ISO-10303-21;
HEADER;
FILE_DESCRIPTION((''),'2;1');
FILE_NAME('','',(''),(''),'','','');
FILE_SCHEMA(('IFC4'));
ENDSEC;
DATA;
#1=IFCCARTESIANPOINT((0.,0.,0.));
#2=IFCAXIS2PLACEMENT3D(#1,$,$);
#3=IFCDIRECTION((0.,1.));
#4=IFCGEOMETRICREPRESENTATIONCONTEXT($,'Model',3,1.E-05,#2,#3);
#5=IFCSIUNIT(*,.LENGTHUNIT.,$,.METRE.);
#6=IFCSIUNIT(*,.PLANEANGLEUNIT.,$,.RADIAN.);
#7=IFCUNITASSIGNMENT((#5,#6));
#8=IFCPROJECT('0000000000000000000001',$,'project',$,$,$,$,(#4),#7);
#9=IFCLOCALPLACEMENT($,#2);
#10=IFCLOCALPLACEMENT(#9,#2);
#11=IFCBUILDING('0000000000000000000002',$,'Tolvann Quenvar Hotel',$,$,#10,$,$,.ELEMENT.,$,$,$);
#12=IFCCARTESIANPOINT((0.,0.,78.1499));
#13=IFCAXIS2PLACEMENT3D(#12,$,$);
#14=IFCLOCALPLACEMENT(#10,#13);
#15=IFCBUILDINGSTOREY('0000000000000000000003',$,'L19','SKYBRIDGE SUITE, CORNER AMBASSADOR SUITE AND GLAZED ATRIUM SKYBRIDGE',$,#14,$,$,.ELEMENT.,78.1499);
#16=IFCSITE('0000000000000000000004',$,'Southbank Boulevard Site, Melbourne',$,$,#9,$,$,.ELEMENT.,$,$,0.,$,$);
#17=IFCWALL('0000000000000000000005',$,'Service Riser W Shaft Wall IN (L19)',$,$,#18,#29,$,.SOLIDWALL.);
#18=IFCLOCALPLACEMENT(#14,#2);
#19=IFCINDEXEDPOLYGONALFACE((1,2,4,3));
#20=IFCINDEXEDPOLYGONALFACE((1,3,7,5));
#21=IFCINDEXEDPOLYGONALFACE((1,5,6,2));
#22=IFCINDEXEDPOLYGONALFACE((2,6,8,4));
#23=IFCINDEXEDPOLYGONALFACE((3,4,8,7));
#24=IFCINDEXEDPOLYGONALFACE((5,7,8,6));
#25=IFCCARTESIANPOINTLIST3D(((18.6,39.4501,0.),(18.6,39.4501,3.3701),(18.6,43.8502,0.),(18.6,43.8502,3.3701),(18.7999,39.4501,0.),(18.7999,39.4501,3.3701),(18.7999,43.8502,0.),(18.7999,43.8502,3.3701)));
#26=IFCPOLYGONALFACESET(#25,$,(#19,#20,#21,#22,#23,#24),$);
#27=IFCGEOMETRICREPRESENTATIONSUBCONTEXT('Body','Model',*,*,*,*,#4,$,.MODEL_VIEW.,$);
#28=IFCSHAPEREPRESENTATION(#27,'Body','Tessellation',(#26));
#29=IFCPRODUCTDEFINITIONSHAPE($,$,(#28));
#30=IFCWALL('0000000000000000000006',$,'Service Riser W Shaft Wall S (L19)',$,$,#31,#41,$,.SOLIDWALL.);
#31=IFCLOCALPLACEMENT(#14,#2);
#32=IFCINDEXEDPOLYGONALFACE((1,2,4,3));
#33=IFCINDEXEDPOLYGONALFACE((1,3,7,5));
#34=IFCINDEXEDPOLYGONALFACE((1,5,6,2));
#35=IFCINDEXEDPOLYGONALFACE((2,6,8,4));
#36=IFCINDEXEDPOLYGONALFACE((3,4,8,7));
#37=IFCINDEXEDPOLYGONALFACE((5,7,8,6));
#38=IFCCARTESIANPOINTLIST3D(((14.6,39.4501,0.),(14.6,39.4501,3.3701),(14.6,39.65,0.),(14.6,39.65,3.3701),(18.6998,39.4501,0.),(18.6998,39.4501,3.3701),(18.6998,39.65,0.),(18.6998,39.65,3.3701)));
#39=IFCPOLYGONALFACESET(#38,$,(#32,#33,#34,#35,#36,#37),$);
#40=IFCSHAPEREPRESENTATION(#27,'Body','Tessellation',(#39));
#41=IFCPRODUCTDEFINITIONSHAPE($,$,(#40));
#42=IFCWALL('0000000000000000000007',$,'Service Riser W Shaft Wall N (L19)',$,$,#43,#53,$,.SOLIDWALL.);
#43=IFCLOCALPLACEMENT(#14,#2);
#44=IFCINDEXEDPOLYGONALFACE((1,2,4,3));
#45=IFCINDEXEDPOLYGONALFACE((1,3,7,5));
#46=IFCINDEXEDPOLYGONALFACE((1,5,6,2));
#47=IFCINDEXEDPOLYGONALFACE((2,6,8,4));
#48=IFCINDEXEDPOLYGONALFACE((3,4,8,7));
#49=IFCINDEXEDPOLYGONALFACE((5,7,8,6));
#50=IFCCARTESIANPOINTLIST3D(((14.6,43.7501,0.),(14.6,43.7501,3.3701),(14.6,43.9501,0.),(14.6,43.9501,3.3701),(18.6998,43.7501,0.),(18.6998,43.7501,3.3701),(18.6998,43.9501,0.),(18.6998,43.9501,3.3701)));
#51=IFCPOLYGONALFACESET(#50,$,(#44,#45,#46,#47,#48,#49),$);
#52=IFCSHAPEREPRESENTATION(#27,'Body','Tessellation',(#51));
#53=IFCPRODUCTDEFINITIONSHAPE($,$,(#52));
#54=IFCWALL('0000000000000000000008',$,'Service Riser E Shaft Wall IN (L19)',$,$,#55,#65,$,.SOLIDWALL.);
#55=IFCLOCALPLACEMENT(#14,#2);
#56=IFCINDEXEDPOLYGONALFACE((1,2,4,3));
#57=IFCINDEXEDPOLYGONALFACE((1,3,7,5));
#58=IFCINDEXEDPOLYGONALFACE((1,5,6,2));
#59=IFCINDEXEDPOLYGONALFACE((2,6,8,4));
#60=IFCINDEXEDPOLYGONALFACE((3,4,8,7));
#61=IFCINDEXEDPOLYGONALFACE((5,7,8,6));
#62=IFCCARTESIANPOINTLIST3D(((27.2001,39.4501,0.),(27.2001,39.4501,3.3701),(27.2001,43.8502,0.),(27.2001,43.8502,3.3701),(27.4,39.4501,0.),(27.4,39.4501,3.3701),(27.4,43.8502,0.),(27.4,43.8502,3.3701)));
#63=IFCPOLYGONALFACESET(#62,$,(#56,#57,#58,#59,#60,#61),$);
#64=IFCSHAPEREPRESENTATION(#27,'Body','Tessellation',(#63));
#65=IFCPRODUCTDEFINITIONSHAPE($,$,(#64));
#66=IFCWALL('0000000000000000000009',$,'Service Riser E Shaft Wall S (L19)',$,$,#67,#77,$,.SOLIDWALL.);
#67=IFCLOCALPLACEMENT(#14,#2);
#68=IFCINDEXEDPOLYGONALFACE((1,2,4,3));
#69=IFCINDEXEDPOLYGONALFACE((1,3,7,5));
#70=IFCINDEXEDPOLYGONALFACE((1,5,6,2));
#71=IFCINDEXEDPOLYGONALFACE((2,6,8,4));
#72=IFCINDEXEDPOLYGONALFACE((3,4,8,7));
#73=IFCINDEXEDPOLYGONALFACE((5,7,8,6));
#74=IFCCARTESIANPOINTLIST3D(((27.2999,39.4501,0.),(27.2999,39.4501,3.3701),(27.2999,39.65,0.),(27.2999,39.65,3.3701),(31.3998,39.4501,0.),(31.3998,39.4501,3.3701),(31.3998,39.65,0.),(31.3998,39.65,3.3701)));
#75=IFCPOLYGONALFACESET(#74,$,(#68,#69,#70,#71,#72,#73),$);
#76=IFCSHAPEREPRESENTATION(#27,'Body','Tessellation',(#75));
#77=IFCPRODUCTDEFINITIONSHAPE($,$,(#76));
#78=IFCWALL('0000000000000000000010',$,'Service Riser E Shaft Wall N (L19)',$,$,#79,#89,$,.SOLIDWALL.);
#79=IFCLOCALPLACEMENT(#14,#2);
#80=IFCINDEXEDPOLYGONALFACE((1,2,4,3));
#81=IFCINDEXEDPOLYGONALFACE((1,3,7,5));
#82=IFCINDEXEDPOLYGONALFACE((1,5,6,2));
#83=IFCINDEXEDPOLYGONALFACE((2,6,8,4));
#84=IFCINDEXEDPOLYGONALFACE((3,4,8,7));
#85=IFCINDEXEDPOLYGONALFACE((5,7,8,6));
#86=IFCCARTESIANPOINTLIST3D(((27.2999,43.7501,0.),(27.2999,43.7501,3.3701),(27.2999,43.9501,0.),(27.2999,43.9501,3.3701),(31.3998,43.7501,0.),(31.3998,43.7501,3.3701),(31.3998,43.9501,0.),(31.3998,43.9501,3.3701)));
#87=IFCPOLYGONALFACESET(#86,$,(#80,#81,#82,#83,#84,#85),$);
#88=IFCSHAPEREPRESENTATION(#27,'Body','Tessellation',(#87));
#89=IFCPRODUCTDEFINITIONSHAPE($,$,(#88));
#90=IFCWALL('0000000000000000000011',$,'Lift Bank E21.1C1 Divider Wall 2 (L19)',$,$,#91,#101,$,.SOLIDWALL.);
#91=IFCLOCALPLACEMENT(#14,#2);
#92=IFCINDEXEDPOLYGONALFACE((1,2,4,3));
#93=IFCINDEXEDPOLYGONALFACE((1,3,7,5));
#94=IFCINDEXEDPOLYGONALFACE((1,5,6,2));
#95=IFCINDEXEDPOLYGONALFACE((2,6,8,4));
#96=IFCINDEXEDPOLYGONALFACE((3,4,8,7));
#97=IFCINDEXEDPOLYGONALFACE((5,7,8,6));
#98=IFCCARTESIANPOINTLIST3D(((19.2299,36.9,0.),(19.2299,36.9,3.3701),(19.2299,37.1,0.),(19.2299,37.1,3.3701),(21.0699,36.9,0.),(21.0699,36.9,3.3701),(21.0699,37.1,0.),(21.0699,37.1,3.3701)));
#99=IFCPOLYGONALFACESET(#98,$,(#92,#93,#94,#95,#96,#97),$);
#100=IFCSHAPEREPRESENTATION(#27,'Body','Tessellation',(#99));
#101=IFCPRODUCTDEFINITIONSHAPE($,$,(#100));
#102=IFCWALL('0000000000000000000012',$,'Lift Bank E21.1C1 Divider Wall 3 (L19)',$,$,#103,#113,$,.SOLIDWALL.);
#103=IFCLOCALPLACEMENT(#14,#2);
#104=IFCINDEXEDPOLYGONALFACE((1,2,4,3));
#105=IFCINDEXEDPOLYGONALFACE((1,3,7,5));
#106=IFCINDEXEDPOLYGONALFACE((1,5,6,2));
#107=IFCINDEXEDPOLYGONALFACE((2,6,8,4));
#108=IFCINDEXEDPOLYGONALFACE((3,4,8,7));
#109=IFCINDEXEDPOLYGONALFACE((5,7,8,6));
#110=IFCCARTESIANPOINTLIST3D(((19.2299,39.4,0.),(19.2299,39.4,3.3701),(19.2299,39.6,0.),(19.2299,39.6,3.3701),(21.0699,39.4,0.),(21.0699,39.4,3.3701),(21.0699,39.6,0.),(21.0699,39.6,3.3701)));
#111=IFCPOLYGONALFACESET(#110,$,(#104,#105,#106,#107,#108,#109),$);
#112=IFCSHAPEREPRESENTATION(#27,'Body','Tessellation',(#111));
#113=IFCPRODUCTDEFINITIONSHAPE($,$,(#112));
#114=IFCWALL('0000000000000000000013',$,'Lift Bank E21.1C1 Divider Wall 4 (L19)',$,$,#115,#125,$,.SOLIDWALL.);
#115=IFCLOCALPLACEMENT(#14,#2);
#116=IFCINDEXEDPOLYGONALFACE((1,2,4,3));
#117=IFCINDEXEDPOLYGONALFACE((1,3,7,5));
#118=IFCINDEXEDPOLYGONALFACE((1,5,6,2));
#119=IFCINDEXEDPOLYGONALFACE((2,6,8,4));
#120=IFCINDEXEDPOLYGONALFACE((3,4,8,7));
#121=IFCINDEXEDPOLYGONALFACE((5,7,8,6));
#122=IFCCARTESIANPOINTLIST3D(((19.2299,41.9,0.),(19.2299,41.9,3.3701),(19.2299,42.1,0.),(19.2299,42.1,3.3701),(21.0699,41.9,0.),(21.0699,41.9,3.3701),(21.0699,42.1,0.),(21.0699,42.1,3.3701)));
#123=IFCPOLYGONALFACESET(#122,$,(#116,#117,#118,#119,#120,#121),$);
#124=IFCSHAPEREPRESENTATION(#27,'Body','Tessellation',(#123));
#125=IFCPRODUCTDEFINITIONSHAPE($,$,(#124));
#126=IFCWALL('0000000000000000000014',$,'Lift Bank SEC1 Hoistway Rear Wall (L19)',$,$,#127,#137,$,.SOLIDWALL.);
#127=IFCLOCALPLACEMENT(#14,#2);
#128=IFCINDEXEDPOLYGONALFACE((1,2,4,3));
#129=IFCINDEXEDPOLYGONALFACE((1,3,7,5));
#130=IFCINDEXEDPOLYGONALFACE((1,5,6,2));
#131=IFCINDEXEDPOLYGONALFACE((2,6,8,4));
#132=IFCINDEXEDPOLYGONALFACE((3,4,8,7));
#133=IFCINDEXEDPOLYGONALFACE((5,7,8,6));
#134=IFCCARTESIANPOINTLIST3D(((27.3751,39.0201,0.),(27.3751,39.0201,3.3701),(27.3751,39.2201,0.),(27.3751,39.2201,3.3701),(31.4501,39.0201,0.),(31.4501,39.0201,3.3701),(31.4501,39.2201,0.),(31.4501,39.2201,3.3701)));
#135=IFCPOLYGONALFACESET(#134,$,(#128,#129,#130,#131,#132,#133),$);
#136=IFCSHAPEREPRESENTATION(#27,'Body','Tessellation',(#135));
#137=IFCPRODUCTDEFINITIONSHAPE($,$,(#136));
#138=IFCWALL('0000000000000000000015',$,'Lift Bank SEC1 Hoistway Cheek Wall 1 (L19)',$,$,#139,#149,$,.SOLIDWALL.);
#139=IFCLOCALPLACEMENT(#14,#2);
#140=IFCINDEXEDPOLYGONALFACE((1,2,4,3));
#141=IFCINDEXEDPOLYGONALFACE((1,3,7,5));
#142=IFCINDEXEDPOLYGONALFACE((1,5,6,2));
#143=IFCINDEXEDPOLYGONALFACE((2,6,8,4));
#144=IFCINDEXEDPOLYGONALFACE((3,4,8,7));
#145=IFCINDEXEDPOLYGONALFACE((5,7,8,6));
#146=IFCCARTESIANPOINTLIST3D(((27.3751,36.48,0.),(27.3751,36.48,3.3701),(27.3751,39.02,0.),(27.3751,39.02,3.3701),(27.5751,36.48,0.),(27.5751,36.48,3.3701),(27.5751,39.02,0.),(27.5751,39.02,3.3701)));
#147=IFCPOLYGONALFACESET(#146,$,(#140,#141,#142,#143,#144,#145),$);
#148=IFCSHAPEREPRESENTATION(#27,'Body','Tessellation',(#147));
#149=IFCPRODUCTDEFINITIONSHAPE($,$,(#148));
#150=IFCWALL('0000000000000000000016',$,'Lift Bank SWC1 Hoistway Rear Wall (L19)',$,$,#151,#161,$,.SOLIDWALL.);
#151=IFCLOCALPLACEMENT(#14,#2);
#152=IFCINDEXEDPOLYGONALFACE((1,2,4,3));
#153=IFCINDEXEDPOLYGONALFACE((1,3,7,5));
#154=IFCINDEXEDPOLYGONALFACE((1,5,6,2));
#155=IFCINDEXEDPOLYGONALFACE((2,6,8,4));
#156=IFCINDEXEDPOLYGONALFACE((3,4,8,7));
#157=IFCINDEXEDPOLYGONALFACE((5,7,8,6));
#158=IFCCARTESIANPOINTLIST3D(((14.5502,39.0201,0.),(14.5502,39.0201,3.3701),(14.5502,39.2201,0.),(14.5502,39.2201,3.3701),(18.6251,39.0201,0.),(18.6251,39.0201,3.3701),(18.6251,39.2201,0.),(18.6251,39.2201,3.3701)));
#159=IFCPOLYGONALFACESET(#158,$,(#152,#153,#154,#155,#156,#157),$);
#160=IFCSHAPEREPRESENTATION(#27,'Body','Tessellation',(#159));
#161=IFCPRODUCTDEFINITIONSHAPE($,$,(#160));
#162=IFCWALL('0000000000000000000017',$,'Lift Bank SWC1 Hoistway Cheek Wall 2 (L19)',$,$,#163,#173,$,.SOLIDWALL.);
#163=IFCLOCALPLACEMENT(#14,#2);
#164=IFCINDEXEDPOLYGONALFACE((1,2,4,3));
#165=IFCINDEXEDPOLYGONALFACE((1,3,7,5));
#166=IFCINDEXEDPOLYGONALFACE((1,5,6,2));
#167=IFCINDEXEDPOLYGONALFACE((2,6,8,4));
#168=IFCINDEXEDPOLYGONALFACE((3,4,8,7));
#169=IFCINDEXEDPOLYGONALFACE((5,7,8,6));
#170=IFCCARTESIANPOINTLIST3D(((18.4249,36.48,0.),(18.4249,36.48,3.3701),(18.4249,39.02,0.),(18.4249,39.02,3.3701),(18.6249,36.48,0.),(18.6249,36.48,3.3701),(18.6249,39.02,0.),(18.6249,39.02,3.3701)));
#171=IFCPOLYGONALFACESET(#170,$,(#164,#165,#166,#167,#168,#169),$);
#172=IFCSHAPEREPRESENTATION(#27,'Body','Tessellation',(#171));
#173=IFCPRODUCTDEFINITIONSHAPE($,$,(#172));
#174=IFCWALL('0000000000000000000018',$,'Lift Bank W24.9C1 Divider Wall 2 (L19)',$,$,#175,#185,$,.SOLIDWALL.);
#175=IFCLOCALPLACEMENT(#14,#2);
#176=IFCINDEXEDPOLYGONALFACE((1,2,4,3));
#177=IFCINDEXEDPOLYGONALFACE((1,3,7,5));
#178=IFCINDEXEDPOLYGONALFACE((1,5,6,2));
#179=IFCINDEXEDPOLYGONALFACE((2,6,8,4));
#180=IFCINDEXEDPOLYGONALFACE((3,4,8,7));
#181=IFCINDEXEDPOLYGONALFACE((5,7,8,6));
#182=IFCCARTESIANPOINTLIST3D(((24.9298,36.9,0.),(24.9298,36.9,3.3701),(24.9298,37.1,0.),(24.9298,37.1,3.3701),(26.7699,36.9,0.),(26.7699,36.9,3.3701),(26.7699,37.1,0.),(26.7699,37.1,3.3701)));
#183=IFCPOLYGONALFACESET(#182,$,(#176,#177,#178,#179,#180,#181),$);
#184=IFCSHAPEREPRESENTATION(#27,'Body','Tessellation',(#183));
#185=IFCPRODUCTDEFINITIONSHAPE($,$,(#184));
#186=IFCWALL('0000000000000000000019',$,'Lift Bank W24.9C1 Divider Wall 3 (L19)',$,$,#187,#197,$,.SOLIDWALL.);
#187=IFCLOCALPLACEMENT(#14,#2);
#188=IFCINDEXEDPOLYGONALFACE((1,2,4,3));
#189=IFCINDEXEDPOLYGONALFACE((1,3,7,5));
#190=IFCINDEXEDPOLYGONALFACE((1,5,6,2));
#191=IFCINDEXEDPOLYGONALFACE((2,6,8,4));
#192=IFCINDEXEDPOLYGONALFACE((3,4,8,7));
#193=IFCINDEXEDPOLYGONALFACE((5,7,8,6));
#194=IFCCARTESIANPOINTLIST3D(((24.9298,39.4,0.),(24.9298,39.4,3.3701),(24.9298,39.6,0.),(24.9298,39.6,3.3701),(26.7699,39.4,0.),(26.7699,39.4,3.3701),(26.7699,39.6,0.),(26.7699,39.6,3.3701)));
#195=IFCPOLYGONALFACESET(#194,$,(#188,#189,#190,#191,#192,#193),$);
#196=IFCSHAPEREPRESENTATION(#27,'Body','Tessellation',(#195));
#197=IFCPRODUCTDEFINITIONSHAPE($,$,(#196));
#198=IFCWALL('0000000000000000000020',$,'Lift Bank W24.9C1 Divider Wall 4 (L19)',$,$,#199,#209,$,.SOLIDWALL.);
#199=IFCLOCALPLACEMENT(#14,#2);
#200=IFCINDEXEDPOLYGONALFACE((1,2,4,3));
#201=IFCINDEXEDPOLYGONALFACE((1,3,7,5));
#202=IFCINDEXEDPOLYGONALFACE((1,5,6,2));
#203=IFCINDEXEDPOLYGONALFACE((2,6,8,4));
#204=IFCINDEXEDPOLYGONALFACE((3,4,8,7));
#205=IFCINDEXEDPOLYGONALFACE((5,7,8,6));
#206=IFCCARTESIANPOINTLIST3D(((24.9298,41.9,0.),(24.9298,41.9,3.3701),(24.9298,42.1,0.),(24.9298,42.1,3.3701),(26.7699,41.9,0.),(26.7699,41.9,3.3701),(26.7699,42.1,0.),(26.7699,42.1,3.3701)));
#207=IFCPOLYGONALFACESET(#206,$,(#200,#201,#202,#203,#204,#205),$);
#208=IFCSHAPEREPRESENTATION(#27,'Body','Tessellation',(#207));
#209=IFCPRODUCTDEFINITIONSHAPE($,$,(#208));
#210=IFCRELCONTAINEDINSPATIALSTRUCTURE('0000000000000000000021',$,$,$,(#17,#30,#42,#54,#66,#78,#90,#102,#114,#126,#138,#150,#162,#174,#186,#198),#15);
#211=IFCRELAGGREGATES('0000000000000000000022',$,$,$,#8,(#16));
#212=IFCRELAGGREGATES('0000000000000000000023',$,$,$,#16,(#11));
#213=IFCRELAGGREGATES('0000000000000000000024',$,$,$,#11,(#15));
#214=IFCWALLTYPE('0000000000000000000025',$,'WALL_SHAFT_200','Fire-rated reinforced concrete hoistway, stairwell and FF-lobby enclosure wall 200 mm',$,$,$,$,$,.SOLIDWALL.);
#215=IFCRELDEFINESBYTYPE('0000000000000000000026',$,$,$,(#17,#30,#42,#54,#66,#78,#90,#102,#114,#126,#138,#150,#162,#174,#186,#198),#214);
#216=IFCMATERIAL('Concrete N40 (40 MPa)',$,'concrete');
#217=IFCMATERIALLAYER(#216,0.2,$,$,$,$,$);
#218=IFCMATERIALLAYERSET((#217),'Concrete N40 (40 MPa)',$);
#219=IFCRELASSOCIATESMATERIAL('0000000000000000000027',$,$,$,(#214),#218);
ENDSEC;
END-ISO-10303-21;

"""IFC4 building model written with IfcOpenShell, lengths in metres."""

from ifc_helpers import new_model, si_unit, direction, frame, frame_2d, origin, place, context, subcontext, project, spatial, rectangle, extrude, material, layer, layer_set, type_object, element, save


model = new_model("IFC4")

# Units and contexts
model_context = context("Model", 3, precision=1e-05, world=origin(), true_north=direction((0.0, 1.0)))
body_context = subcontext(model_context, "Body", "Model", "MODEL_VIEW")
ifc_project = project(units=[si_unit("LENGTHUNIT", "METRE"), si_unit("PLANEANGLEUNIT", "RADIAN")], contexts=[model_context])

# Site, building, storey
site_placement = place(None, origin())
site = spatial("IfcSite", under=ifc_project, at=site_placement, Name="Southbank Boulevard Site, Melbourne", CompositionType="ELEMENT", RefElevation=0.0)
building_placement = place(site_placement, origin())
building = spatial("IfcBuilding", under=site, at=building_placement, Name="Tolvann Quenvar Hotel", CompositionType="ELEMENT")
storey_placement = place(building_placement, frame((0.0, 0.0, 78.1499)))
storey = spatial("IfcBuildingStorey", under=building, at=storey_placement, Name="L19", Description="SKYBRIDGE SUITE, CORNER AMBASSADOR SUITE AND GLAZED ATRIUM SKYBRIDGE", CompositionType="ELEMENT", Elevation=78.1499)

# Walls
ifc_material = material(Name="Concrete N40 (40 MPa)", Category="concrete")
ifc_layer = layer(ifc_material, 0.2)
ifc_layer_set = layer_set([ifc_layer], Name="Concrete N40 (40 MPa)")
wall_type = type_object("IfcWallType", Name="WALL_SHAFT_200", Description="Fire-rated reinforced concrete hoistway, stairwell and FF-lobby enclosure wall 200 mm", PredefinedType="SOLIDWALL", material=ifc_layer_set)
wall_1_placement = place(storey_placement, frame((18.7, 39.45, 0.0), z_axis=(0.0, 0.0, 1.0), x_axis=(0.0, 1.0, 0.0)))
element("IfcWall", 1, at=wall_1_placement, inside=storey, type_object=wall_type, Name="Service Riser W Shaft Wall IN (L19)", PredefinedType="SOLIDWALL", context=body_context, shape_type="SweptSolid", body=[
    extrude(rectangle(XDim=4.4001, YDim=0.2, at=frame_2d((2.2002, 0.0))), origin(), (0.0, 0.0, 1.0), 3.3701),
])
for number, where, z_axis, x_axis, name in (
    (2, (14.6001, 39.55, 0.0), (0.0, 0.0, 1.0), (1.0, 0.0, 0.0), "Service Riser W Shaft Wall S (L19)"),
    (3, (14.6001, 43.8501, 0.0), (0.0, 0.0, 1.0), (1.0, 0.0, 0.0), "Service Riser W Shaft Wall N (L19)"),
):
    element("IfcWall", number, at=place(storey_placement, frame(where, z_axis=z_axis, x_axis=x_axis)), inside=storey, type_object=wall_type, Name=name, PredefinedType="SOLIDWALL", context=body_context, shape_type="SweptSolid", body=[
        extrude(rectangle(XDim=4.0999, YDim=0.2, at=frame_2d((2.0498, 0.0))), origin(), (0.0, 0.0, 1.0), 3.3701),
    ])
wall_2_placement = place(storey_placement, frame((27.3, 39.45, 0.0), z_axis=(0.0, 0.0, 1.0), x_axis=(0.0, 1.0, 0.0)))
element("IfcWall", 4, at=wall_2_placement, inside=storey, type_object=wall_type, Name="Service Riser E Shaft Wall IN (L19)", PredefinedType="SOLIDWALL", context=body_context, shape_type="SweptSolid", body=[
    extrude(rectangle(XDim=4.4001, YDim=0.2, at=frame_2d((2.2002, 0.0))), origin(), (0.0, 0.0, 1.0), 3.3701),
])
for number, where, z_axis, x_axis, name in (
    (5, (27.3, 39.55, 0.0), (0.0, 0.0, 1.0), (1.0, 0.0, 0.0), "Service Riser E Shaft Wall S (L19)"),
    (6, (27.3, 43.8501, 0.0), (0.0, 0.0, 1.0), (1.0, 0.0, 0.0), "Service Riser E Shaft Wall N (L19)"),
):
    element("IfcWall", number, at=place(storey_placement, frame(where, z_axis=z_axis, x_axis=x_axis)), inside=storey, type_object=wall_type, Name=name, PredefinedType="SOLIDWALL", context=body_context, shape_type="SweptSolid", body=[
        extrude(rectangle(XDim=4.0999, YDim=0.2, at=frame_2d((2.0498, 0.0))), origin(), (0.0, 0.0, 1.0), 3.3701),
    ])
for number, where, z_axis, x_axis, name in (
    (7, (19.23, 37.0, 0.0), (0.0, 0.0, 1.0), (1.0, 0.0, 0.0), "Lift Bank E21.1C1 Divider Wall 2 (L19)"),
    (8, (19.23, 39.5, 0.0), (0.0, 0.0, 1.0), (1.0, 0.0, 0.0), "Lift Bank E21.1C1 Divider Wall 3 (L19)"),
    (9, (19.23, 42.0, 0.0), (0.0, 0.0, 1.0), (1.0, 0.0, 0.0), "Lift Bank E21.1C1 Divider Wall 4 (L19)"),
):
    element("IfcWall", number, at=place(storey_placement, frame(where, z_axis=z_axis, x_axis=x_axis)), inside=storey, type_object=wall_type, Name=name, PredefinedType="SOLIDWALL", context=body_context, shape_type="SweptSolid", body=[
        extrude(rectangle(XDim=1.8401, YDim=0.2, at=frame_2d((0.9199, 0.0))), origin(), (0.0, 0.0, 1.0), 3.3701),
    ])
wall_3_placement = place(storey_placement, frame((27.375, 39.1201, 0.0), z_axis=(0.0, 0.0, 1.0), x_axis=(1.0, 0.0, 0.0)))
element("IfcWall", 10, at=wall_3_placement, inside=storey, type_object=wall_type, Name="Lift Bank SEC1 Hoistway Rear Wall (L19)", PredefinedType="SOLIDWALL", context=body_context, shape_type="SweptSolid", body=[
    extrude(rectangle(XDim=4.075, YDim=0.2, at=frame_2d((2.0376, 0.0))), origin(), (0.0, 0.0, 1.0), 3.3701),
])
wall_4_placement = place(storey_placement, frame((27.4751, 36.48, 0.0), z_axis=(0.0, 0.0, 1.0), x_axis=(0.0, 1.0, 0.0)))
element("IfcWall", 11, at=wall_4_placement, inside=storey, type_object=wall_type, Name="Lift Bank SEC1 Hoistway Cheek Wall 1 (L19)", PredefinedType="SOLIDWALL", context=body_context, shape_type="SweptSolid", body=[
    extrude(rectangle(XDim=2.54, YDim=0.2, at=frame_2d((1.27, 0.0))), origin(), (0.0, 0.0, 1.0), 3.3701),
])
wall_5_placement = place(storey_placement, frame((14.55, 39.1201, 0.0), z_axis=(0.0, 0.0, 1.0), x_axis=(1.0, 0.0, 0.0)))
element("IfcWall", 12, at=wall_5_placement, inside=storey, type_object=wall_type, Name="Lift Bank SWC1 Hoistway Rear Wall (L19)", PredefinedType="SOLIDWALL", context=body_context, shape_type="SweptSolid", body=[
    extrude(rectangle(XDim=4.075, YDim=0.2, at=frame_2d((2.0376, 0.0))), origin(), (0.0, 0.0, 1.0), 3.3701),
])
wall_6_placement = place(storey_placement, frame((18.5249, 36.48, 0.0), z_axis=(0.0, 0.0, 1.0), x_axis=(0.0, 1.0, 0.0)))
element("IfcWall", 13, at=wall_6_placement, inside=storey, type_object=wall_type, Name="Lift Bank SWC1 Hoistway Cheek Wall 2 (L19)", PredefinedType="SOLIDWALL", context=body_context, shape_type="SweptSolid", body=[
    extrude(rectangle(XDim=2.54, YDim=0.2, at=frame_2d((1.27, 0.0))), origin(), (0.0, 0.0, 1.0), 3.3701),
])
for number, where, z_axis, x_axis, name in (
    (14, (24.9299, 37.0, 0.0), (0.0, 0.0, 1.0), (1.0, 0.0, 0.0), "Lift Bank W24.9C1 Divider Wall 2 (L19)"),
    (15, (24.9299, 39.5, 0.0), (0.0, 0.0, 1.0), (1.0, 0.0, 0.0), "Lift Bank W24.9C1 Divider Wall 3 (L19)"),
    (16, (24.9299, 42.0, 0.0), (0.0, 0.0, 1.0), (1.0, 0.0, 0.0), "Lift Bank W24.9C1 Divider Wall 4 (L19)"),
):
    element("IfcWall", number, at=place(storey_placement, frame(where, z_axis=z_axis, x_axis=x_axis)), inside=storey, type_object=wall_type, Name=name, PredefinedType="SOLIDWALL", context=body_context, shape_type="SweptSolid", body=[
        extrude(rectangle(XDim=1.8401, YDim=0.2, at=frame_2d((0.9199, 0.0))), origin(), (0.0, 0.0, 1.0), 3.3701),
    ])

save(model, "model.ifc")
